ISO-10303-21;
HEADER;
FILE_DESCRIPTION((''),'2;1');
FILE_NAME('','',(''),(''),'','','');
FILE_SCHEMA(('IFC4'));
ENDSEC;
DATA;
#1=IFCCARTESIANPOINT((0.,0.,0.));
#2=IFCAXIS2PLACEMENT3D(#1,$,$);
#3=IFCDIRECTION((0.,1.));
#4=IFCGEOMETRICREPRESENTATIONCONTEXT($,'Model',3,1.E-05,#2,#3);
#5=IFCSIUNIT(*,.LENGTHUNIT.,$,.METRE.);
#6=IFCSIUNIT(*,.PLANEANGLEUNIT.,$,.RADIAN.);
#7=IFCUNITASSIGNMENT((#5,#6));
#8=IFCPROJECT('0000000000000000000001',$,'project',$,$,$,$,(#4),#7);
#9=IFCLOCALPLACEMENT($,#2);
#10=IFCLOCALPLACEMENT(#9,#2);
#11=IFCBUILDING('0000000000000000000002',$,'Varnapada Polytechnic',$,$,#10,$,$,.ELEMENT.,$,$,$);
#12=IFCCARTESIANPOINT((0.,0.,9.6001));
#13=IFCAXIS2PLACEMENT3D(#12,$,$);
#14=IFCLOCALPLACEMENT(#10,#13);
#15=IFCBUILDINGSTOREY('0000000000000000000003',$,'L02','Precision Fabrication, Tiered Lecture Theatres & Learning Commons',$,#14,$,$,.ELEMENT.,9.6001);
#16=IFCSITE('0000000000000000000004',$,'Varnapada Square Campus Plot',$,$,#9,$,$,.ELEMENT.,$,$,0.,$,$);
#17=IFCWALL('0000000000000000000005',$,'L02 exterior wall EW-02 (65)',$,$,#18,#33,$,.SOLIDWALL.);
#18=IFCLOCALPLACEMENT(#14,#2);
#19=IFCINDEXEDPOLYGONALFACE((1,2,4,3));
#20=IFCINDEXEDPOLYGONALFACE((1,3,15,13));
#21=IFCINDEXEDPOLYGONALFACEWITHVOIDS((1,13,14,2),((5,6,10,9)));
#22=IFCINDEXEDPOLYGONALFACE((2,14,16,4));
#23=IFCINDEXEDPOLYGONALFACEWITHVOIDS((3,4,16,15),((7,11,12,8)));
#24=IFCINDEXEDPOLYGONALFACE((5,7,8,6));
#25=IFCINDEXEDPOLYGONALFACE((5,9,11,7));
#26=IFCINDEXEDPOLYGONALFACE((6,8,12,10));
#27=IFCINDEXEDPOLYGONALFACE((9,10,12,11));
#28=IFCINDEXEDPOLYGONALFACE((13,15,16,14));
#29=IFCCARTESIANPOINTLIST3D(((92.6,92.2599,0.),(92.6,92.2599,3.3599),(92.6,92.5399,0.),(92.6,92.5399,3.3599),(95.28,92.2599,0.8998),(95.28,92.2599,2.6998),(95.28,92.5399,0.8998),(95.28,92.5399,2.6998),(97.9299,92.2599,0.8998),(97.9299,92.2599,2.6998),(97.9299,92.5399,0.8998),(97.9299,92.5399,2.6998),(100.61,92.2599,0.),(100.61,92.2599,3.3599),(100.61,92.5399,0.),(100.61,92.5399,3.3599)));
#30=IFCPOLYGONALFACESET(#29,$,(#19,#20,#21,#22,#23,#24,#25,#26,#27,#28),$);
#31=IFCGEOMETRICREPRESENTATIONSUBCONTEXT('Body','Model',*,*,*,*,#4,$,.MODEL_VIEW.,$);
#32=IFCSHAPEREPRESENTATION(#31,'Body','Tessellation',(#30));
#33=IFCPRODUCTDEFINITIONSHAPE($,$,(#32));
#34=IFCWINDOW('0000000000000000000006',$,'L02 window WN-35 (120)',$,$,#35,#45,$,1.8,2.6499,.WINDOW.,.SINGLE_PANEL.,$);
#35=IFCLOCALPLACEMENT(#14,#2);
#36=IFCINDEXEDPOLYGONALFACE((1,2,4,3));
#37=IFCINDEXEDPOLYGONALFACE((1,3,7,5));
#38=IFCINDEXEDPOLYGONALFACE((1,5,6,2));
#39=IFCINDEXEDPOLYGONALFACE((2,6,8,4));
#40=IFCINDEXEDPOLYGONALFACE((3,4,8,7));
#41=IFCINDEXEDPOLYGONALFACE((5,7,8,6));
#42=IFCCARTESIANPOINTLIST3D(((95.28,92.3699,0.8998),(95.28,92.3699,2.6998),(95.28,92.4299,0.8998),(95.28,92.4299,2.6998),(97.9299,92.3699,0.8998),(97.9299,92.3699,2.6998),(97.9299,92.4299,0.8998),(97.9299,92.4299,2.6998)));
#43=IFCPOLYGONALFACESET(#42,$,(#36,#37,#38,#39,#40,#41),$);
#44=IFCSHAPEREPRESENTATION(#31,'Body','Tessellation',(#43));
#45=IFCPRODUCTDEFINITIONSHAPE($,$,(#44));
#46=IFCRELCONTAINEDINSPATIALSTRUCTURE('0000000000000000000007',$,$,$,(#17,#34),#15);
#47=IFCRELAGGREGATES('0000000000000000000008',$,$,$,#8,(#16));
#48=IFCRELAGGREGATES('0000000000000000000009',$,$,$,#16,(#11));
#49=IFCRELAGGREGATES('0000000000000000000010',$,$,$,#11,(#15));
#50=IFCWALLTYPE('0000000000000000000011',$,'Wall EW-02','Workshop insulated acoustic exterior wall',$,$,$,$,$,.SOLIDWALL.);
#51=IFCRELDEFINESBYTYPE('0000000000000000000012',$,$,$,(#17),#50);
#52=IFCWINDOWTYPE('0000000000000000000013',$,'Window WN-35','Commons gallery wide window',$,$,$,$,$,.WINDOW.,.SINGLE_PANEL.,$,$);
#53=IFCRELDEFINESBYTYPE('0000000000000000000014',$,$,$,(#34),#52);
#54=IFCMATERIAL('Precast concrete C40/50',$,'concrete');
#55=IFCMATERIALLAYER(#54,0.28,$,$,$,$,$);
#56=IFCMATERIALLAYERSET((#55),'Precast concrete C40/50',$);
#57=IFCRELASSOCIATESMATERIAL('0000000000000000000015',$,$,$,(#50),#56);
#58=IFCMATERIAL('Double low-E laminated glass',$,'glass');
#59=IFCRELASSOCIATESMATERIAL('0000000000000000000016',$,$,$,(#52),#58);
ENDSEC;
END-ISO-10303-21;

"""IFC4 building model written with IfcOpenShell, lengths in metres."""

from ifc_helpers import new_model, si_unit, direction, frame, frame_2d, origin, place, context, subcontext, project, spatial, rectangle, extrude, material, layer, layer_set, type_object, element, fill, save


model = new_model("IFC4")

# Units and contexts
model_context = context("Model", 3, precision=1e-05, world=origin(), true_north=direction((0.0, 1.0)))
body_context = subcontext(model_context, "Body", "Model", "MODEL_VIEW")
ifc_project = project(units=[si_unit("LENGTHUNIT", "METRE"), si_unit("PLANEANGLEUNIT", "RADIAN")], contexts=[model_context])

# Site, building, storey
site_placement = place(None, origin())
site = spatial("IfcSite", under=ifc_project, at=site_placement, Name="Varnapada Square Campus Plot", CompositionType="ELEMENT", RefElevation=0.0)
building_placement = place(site_placement, origin())
building = spatial("IfcBuilding", under=site, at=building_placement, Name="Varnapada Polytechnic", CompositionType="ELEMENT")
storey_placement = place(building_placement, frame((0.0, 0.0, 9.6001)))
storey = spatial("IfcBuildingStorey", under=building, at=storey_placement, Name="L02", Description="Precision Fabrication, Tiered Lecture Theatres & Learning Commons", CompositionType="ELEMENT", Elevation=9.6001)

# Shared definitions
ifc_material_1 = material(Name="Double low-E laminated glass", Category="glass")

# Wall, opening, window
ifc_material_2 = material(Name="Precast concrete C40/50", Category="concrete")
ifc_layer_1 = layer(ifc_material_2, 0.28)
ifc_layer_set_1 = layer_set([ifc_layer_1], Name="Precast concrete C40/50")
wall_type = type_object("IfcWallType", Name="Wall EW-02", Description="Workshop insulated acoustic exterior wall", PredefinedType="SOLIDWALL", material=ifc_layer_set_1)
wall_placement = place(storey_placement, frame((92.6001, 92.3999, 0.0), z_axis=(0.0, 0.0, 1.0), x_axis=(1.0, 0.0, 0.0)))
wall = element("IfcWall", 1, at=wall_placement, inside=storey, type_object=wall_type, Name="L02 exterior wall EW-02 (65)", PredefinedType="SOLIDWALL", context=body_context, shape_type="SweptSolid", body=[
    extrude(rectangle(XDim=8.01, YDim=0.28, at=frame_2d((4.0049, 0.0))), origin(), (0.0, 0.0, 1.0), 3.3599),
])
opening_1_placement = place(wall_placement, frame((2.6799, 0.0, 0.8999)))
opening_1 = element("IfcOpeningElement", 2, at=opening_1_placement, cuts=wall, PredefinedType="OPENING", context=body_context, shape_type="SweptSolid", body=[
    extrude(rectangle(XDim=2.6499, YDim=1.8, at=frame_2d((1.325, 0.8999))), frame((0.0, 0.1499, 0.0), z_axis=(0.0, -1.0, 0.0), x_axis=(1.0, 0.0, 0.0)), (0.0, 0.0, 1.0), 0.3),
])
window_type = type_object("IfcWindowType", Name="Window WN-35", Description="Commons gallery wide window", PartitioningType="SINGLE_PANEL", PredefinedType="WINDOW", material=ifc_material_1)
window_placement = place(opening_1_placement, origin())
window = element("IfcWindow", 3, at=window_placement, inside=storey, type_object=window_type, Name="L02 window WN-35 (120)", OverallHeight=1.8, OverallWidth=2.6499, PartitioningType="SINGLE_PANEL", PredefinedType="WINDOW", context=body_context, shape_type="SweptSolid", body=[
    extrude(rectangle(XDim=2.6499, YDim=1.8, at=frame_2d((1.325, 0.8999))), frame((0.0, 0.03, 0.0), z_axis=(0.0, -1.0, 0.0), x_axis=(1.0, 0.0, 0.0)), (0.0, 0.0, 1.0), 0.0601),
])
fill(opening_1, window)

save(model, "model.ifc")
